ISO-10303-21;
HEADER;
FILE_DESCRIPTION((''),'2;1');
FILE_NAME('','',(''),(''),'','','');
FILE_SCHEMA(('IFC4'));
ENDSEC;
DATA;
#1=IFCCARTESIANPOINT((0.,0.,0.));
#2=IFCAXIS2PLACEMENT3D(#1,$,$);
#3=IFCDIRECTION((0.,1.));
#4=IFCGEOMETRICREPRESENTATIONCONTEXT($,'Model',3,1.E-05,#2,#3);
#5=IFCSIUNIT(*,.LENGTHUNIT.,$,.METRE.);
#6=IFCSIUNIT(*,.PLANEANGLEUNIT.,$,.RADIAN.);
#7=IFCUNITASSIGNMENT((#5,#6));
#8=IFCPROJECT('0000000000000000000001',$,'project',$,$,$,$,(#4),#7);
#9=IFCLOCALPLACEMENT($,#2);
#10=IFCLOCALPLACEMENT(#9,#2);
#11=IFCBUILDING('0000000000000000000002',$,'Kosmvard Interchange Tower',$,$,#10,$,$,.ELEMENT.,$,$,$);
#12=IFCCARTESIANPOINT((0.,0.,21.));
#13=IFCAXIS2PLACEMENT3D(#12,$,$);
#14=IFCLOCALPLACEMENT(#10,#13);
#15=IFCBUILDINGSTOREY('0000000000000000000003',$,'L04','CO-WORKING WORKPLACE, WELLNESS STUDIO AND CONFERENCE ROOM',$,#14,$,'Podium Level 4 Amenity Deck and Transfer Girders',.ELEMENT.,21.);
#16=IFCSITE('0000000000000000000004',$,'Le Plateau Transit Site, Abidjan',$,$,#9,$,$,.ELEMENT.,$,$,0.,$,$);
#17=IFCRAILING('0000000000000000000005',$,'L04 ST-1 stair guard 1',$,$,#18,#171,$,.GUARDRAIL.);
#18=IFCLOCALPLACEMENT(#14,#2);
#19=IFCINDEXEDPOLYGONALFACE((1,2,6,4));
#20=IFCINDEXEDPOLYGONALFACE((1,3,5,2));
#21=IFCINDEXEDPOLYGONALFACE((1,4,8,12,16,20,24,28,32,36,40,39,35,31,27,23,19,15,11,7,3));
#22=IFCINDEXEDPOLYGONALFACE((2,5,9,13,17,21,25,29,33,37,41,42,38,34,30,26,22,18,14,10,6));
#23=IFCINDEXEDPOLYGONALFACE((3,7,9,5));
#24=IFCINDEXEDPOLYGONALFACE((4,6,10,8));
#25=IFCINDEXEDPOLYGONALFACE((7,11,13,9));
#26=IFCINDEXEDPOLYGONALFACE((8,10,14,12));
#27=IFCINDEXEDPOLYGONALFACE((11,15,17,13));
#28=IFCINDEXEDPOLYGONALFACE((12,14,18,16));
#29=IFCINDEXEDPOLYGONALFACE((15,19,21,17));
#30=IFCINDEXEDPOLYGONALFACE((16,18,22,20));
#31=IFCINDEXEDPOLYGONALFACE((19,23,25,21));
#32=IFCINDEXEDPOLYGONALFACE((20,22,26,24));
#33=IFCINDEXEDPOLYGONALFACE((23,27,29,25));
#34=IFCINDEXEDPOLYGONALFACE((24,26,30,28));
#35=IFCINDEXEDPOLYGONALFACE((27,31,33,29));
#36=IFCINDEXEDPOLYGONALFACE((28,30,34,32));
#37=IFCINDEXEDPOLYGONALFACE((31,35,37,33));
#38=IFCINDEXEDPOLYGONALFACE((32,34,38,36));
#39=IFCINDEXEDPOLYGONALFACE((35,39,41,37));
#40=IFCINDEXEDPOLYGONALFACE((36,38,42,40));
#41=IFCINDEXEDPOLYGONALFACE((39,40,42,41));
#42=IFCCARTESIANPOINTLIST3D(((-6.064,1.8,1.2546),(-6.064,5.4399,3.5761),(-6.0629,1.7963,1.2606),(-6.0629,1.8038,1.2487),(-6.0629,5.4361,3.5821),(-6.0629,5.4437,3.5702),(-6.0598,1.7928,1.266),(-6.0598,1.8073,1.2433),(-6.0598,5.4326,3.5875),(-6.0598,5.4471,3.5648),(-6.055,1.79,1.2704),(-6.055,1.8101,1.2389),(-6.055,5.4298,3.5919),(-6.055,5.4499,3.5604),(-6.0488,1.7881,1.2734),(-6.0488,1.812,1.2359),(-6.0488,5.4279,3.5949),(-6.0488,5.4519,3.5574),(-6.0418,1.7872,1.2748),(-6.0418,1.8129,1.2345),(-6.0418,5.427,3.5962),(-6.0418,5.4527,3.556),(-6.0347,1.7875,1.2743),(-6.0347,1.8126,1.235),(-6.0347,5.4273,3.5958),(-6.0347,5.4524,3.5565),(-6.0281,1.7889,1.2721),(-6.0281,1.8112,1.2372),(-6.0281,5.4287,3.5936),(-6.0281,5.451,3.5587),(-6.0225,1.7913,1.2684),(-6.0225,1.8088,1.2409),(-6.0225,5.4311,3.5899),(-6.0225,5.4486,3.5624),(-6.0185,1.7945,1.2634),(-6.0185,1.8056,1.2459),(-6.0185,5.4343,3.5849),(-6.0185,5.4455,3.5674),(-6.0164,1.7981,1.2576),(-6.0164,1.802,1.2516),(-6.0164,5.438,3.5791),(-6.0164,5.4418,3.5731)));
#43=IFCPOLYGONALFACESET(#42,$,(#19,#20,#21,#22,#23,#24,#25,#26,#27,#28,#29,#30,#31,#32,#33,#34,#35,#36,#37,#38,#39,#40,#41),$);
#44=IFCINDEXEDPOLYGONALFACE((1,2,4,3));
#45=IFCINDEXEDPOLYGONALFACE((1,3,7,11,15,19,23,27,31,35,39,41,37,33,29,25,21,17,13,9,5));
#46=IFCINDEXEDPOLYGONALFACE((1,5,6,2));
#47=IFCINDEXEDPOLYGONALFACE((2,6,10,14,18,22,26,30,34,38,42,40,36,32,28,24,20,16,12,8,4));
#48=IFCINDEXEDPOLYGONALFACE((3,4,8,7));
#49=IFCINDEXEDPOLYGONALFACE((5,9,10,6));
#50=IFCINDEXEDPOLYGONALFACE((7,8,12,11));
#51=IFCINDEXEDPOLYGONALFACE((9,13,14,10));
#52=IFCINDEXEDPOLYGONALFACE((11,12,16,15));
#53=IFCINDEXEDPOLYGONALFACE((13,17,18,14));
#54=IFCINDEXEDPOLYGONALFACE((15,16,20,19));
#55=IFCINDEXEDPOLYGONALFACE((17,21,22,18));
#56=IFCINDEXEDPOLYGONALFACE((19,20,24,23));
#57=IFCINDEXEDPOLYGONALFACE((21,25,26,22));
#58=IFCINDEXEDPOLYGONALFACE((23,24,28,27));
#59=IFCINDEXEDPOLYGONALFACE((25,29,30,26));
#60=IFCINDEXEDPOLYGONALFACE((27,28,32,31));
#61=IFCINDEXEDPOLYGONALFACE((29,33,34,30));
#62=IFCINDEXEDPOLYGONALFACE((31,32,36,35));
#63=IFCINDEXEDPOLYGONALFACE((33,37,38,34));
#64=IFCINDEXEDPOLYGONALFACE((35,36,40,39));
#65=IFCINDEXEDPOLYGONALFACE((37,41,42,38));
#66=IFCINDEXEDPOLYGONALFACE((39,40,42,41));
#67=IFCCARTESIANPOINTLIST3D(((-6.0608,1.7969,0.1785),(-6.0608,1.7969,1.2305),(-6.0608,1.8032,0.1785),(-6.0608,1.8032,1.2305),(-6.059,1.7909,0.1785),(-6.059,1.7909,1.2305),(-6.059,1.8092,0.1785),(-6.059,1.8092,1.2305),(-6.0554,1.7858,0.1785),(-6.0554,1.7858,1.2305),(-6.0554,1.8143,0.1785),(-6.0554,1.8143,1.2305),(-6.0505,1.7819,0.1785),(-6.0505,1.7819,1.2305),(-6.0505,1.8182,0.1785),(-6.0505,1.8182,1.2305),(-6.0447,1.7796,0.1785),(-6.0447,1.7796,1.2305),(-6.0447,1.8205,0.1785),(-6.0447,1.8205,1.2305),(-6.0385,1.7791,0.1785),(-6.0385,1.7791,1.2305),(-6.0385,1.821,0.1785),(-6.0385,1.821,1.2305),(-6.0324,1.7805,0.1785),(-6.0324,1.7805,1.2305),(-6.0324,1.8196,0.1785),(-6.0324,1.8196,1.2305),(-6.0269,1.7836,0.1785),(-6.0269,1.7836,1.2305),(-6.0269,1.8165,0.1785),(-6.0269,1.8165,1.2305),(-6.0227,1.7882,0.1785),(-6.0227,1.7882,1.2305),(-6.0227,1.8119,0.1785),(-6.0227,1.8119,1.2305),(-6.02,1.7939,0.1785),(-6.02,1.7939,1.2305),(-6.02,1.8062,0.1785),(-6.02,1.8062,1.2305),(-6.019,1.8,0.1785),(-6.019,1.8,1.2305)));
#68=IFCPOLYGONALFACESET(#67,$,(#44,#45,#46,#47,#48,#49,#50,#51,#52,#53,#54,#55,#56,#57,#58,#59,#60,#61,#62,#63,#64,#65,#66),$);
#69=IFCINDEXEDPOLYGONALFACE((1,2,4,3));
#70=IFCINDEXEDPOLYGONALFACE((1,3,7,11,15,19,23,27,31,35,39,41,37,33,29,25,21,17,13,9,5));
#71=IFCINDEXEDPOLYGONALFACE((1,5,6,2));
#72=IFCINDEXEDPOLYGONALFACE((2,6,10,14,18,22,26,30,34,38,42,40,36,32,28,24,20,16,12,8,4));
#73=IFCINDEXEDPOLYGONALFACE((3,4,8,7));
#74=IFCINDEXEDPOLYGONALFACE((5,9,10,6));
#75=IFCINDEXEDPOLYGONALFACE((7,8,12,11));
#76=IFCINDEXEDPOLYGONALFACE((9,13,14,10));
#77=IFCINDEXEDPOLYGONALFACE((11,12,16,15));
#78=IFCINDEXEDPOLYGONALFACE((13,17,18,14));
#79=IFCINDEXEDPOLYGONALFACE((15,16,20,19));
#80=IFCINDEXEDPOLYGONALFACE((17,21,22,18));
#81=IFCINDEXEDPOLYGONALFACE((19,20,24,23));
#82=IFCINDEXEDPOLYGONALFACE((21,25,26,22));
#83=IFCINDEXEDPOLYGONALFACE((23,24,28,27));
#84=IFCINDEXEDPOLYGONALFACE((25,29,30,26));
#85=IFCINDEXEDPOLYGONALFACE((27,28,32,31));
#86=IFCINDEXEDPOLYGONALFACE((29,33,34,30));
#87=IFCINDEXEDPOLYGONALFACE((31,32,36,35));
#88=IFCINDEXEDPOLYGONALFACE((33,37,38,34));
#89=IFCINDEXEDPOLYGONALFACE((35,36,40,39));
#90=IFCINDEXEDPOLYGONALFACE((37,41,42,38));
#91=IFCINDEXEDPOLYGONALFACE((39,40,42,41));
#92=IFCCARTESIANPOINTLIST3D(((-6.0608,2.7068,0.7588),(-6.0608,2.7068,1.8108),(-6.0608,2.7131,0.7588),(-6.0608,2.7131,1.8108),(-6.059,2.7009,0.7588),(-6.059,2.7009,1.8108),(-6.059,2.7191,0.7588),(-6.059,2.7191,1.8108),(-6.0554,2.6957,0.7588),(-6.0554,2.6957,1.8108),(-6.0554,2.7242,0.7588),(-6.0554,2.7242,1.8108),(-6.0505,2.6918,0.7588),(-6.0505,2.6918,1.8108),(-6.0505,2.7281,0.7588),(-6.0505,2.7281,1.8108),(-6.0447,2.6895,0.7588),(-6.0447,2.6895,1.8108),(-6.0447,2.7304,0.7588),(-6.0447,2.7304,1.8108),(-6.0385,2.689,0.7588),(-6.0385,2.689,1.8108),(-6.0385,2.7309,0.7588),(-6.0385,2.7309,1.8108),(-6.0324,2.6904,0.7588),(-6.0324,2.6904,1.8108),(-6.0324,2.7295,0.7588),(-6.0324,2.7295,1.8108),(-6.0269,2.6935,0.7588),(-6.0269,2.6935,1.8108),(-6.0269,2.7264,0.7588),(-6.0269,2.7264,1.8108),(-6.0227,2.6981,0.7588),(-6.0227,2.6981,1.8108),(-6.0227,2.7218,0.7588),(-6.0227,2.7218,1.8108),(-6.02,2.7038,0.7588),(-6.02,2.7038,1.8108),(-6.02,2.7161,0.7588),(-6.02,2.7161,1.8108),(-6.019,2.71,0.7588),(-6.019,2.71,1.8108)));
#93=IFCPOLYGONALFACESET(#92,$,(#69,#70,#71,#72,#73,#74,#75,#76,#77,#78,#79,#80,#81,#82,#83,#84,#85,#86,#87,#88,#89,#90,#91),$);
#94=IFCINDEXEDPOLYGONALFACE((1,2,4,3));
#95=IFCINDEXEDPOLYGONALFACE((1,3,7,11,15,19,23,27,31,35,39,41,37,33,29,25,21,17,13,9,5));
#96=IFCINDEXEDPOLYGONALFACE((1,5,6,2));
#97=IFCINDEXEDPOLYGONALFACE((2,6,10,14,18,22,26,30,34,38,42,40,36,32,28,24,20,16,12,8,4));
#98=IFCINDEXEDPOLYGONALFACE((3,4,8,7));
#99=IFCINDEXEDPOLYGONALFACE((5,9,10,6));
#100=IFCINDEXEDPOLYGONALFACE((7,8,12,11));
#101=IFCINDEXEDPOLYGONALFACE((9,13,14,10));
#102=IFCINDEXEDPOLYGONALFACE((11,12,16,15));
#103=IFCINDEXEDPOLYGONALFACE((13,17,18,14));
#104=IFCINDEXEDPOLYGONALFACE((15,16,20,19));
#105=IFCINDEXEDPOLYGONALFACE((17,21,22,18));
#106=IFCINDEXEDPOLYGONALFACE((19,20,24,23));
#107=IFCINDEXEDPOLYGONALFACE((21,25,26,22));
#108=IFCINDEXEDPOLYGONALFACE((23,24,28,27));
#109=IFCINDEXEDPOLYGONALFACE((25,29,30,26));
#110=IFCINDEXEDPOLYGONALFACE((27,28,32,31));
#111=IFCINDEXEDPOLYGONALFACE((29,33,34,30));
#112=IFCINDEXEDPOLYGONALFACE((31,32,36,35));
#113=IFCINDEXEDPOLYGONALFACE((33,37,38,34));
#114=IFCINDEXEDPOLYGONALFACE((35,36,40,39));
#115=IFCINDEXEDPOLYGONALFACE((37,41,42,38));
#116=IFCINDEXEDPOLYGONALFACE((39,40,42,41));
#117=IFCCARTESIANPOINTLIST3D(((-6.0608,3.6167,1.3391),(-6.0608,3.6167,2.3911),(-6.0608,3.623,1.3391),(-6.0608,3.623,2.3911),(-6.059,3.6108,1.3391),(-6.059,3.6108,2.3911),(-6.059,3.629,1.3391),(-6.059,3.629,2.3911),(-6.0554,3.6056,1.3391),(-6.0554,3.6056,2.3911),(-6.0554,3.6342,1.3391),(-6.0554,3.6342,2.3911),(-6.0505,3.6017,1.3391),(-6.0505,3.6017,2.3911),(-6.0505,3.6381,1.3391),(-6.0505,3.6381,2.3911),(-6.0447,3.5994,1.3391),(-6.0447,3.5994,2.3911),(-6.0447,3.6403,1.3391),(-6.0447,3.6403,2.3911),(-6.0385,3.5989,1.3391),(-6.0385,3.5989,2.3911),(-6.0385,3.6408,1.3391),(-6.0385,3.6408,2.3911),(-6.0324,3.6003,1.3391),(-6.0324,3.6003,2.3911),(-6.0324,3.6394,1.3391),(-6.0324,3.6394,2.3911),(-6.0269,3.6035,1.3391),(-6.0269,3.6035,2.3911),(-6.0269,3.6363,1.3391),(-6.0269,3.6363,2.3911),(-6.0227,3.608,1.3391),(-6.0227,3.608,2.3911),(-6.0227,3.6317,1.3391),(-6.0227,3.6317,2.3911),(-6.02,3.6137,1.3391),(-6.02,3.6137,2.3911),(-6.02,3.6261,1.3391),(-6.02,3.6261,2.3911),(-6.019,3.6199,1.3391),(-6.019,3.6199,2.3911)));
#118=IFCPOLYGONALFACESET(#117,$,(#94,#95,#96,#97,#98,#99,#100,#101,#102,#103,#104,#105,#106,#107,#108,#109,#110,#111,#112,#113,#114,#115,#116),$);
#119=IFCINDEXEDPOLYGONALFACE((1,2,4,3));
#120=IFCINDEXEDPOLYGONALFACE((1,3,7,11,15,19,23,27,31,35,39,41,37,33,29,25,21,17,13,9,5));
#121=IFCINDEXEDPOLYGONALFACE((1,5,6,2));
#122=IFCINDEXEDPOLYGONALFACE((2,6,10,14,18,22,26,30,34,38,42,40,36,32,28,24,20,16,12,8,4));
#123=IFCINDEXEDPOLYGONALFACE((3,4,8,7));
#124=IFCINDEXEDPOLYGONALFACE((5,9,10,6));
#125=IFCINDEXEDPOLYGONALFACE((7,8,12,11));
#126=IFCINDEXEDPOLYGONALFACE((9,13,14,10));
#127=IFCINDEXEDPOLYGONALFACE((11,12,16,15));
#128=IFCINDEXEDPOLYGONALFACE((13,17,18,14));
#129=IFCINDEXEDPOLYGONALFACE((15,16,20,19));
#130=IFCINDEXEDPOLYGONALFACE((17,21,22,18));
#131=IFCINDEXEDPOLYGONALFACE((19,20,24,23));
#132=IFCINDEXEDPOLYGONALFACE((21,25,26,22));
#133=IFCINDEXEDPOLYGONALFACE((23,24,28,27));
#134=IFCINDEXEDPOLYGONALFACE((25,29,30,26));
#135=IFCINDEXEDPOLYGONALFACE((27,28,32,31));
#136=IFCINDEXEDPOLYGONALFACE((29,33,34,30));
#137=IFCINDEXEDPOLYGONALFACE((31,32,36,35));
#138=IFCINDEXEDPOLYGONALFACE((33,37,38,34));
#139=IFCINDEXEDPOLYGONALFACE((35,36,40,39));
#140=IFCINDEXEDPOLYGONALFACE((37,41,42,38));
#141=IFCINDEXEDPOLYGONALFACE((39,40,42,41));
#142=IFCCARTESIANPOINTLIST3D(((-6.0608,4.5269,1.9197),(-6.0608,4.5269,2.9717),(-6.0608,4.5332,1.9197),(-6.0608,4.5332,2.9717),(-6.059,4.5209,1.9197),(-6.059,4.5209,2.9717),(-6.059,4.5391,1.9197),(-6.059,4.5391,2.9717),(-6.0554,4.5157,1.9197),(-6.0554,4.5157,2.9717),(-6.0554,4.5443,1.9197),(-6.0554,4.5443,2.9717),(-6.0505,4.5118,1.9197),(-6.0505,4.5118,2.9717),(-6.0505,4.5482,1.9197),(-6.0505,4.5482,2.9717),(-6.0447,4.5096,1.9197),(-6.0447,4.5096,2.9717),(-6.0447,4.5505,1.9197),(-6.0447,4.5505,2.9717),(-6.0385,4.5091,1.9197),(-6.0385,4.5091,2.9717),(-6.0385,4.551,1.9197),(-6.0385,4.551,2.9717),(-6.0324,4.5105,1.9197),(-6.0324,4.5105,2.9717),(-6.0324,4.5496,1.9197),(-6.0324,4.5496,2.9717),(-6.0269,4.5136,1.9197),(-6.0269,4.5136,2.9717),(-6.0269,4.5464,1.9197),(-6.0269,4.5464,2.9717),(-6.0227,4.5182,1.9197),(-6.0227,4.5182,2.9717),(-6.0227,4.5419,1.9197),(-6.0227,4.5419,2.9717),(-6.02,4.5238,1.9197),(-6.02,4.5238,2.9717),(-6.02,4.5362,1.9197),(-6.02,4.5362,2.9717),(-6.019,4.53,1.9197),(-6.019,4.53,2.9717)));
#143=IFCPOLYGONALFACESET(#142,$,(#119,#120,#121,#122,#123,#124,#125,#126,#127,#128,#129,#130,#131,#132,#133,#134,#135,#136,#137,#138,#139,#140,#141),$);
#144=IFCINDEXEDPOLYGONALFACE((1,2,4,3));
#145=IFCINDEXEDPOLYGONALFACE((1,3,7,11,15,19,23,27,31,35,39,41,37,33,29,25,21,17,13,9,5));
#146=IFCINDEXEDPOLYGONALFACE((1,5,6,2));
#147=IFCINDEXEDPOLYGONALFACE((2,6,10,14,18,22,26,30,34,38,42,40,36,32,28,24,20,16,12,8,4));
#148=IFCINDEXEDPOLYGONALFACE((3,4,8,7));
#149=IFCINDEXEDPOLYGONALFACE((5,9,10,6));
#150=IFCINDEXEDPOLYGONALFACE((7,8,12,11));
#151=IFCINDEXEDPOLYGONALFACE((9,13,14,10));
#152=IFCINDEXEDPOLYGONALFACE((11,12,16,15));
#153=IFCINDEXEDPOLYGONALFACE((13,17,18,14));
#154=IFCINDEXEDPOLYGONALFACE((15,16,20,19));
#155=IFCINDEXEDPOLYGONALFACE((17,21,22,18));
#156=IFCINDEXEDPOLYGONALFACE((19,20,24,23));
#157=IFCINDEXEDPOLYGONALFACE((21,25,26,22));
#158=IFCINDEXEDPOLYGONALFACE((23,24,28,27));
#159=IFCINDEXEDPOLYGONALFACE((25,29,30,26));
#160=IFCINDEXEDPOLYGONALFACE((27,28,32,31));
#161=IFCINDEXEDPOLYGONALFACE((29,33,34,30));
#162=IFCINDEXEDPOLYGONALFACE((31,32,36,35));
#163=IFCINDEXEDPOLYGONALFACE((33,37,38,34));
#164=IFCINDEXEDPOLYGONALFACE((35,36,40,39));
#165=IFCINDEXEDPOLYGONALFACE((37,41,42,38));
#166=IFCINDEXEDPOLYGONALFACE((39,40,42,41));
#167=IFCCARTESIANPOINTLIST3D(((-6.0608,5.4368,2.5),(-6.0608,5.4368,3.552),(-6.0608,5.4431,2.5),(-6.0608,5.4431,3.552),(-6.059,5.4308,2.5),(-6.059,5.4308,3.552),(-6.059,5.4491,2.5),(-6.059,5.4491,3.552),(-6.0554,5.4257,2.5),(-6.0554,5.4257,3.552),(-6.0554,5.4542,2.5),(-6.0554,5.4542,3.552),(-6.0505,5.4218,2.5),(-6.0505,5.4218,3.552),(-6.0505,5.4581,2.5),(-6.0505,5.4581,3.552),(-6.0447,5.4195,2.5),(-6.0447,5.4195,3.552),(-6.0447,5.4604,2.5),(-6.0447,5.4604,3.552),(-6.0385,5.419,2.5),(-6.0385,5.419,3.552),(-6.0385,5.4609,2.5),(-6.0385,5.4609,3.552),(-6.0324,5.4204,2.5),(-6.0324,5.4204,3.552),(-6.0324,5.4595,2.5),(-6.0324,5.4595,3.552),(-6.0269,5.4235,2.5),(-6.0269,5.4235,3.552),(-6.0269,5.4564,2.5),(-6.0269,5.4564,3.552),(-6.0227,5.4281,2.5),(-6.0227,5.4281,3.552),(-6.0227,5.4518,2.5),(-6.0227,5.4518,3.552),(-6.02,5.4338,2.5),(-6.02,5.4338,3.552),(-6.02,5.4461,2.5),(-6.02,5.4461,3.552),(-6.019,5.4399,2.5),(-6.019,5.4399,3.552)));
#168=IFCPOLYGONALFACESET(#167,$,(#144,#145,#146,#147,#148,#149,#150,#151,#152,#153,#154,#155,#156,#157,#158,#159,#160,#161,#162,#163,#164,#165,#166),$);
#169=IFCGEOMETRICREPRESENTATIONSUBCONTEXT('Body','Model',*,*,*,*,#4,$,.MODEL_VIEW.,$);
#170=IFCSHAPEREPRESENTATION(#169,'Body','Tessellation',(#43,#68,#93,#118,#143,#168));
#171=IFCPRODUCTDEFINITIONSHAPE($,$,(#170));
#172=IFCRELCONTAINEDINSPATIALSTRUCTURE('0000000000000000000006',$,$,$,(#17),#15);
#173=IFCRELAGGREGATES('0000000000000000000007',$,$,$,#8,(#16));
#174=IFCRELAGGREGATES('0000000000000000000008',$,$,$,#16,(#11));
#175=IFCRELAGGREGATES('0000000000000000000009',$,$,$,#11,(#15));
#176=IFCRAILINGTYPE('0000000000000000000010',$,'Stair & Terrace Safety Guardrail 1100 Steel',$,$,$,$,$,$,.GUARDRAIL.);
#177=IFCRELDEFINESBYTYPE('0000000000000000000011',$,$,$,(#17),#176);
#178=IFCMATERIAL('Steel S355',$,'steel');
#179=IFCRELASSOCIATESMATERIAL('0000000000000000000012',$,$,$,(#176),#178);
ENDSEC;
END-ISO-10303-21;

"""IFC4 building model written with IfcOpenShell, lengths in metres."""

from ifc_helpers import new_model, si_unit, direction, frame, origin, origin_2d, place, context, subcontext, project, spatial, circle, extrude, source, transform, mapped, material, type_object, element, save


model = new_model("IFC4")

# Units and contexts
model_context = context("Model", 3, precision=1e-05, world=origin(), true_north=direction((0.0, 1.0)))
body_context = subcontext(model_context, "Body", "Model", "MODEL_VIEW")
ifc_project = project(units=[si_unit("LENGTHUNIT", "METRE"), si_unit("PLANEANGLEUNIT", "RADIAN")], contexts=[model_context])

# Site, building, storey
site_placement = place(None, origin())
site = spatial("IfcSite", under=ifc_project, at=site_placement, Name="Le Plateau Transit Site, Abidjan", CompositionType="ELEMENT", RefElevation=0.0)
building_placement = place(site_placement, origin())
building = spatial("IfcBuilding", under=site, at=building_placement, Name="Kosmvard Interchange Tower", CompositionType="ELEMENT")
storey_placement = place(building_placement, frame((0.0, 0.0, 21.0)))
storey = spatial("IfcBuildingStorey", under=building, at=storey_placement, Name="L04", Description="CO-WORKING WORKPLACE, WELLNESS STUDIO AND CONFERENCE ROOM", LongName="Podium Level 4 Amenity Deck and Transfer Girders", CompositionType="ELEMENT", Elevation=21.0)

# Shared definitions
ifc_material_1 = material(Name="Steel S355", Category="steel")

# Railing
railing_type_1 = type_object("IfcRailingType", Name="Stair & Terrace Safety Guardrail 1100 Steel", PredefinedType="GUARDRAIL", material=ifc_material_1)
shared_shape_1 = source(origin(), body_context, "Body", "SweptSolid", [
    extrude(circle(Radius=0.0239, at=origin_2d()), frame((0.0, 0.0, 1.0762), z_axis=(0.0, 0.843112, 0.537739), x_axis=(-1.0, 0.0, 0.0)), (0.0, 0.0, 1.0), 4.3171),
    extrude(circle(Radius=0.021, at=origin_2d()), origin(), (0.0, 0.0, 1.0), 1.052),
    extrude(circle(Radius=0.021, at=origin_2d()), frame((0.0, 0.9099, 0.5803)), (0.0, 0.0, 1.0), 1.052),
    extrude(circle(Radius=0.021, at=origin_2d()), frame((0.0, 1.8198, 1.1606)), (0.0, 0.0, 1.0), 1.052),
    extrude(circle(Radius=0.021, at=origin_2d()), frame((0.0, 2.73, 1.7412)), (0.0, 0.0, 1.0), 1.052),
    extrude(circle(Radius=0.021, at=origin_2d()), frame((0.0, 3.6399, 2.3215)), (0.0, 0.0, 1.0), 1.052),
])
railing_1_placement = place(storey_placement, frame((-6.04, 1.8, 0.1785)))
element("IfcRailing", 1, at=railing_1_placement, inside=storey, type_object=railing_type_1, Name="L04 ST-1 stair guard 1", PredefinedType="GUARDRAIL", context=body_context, shape_type="MappedRepresentation", body=[
    mapped(shared_shape_1, transform((0.0, 0.0, 0.0), scale=1.0)),
])

save(model, "model.ifc")
